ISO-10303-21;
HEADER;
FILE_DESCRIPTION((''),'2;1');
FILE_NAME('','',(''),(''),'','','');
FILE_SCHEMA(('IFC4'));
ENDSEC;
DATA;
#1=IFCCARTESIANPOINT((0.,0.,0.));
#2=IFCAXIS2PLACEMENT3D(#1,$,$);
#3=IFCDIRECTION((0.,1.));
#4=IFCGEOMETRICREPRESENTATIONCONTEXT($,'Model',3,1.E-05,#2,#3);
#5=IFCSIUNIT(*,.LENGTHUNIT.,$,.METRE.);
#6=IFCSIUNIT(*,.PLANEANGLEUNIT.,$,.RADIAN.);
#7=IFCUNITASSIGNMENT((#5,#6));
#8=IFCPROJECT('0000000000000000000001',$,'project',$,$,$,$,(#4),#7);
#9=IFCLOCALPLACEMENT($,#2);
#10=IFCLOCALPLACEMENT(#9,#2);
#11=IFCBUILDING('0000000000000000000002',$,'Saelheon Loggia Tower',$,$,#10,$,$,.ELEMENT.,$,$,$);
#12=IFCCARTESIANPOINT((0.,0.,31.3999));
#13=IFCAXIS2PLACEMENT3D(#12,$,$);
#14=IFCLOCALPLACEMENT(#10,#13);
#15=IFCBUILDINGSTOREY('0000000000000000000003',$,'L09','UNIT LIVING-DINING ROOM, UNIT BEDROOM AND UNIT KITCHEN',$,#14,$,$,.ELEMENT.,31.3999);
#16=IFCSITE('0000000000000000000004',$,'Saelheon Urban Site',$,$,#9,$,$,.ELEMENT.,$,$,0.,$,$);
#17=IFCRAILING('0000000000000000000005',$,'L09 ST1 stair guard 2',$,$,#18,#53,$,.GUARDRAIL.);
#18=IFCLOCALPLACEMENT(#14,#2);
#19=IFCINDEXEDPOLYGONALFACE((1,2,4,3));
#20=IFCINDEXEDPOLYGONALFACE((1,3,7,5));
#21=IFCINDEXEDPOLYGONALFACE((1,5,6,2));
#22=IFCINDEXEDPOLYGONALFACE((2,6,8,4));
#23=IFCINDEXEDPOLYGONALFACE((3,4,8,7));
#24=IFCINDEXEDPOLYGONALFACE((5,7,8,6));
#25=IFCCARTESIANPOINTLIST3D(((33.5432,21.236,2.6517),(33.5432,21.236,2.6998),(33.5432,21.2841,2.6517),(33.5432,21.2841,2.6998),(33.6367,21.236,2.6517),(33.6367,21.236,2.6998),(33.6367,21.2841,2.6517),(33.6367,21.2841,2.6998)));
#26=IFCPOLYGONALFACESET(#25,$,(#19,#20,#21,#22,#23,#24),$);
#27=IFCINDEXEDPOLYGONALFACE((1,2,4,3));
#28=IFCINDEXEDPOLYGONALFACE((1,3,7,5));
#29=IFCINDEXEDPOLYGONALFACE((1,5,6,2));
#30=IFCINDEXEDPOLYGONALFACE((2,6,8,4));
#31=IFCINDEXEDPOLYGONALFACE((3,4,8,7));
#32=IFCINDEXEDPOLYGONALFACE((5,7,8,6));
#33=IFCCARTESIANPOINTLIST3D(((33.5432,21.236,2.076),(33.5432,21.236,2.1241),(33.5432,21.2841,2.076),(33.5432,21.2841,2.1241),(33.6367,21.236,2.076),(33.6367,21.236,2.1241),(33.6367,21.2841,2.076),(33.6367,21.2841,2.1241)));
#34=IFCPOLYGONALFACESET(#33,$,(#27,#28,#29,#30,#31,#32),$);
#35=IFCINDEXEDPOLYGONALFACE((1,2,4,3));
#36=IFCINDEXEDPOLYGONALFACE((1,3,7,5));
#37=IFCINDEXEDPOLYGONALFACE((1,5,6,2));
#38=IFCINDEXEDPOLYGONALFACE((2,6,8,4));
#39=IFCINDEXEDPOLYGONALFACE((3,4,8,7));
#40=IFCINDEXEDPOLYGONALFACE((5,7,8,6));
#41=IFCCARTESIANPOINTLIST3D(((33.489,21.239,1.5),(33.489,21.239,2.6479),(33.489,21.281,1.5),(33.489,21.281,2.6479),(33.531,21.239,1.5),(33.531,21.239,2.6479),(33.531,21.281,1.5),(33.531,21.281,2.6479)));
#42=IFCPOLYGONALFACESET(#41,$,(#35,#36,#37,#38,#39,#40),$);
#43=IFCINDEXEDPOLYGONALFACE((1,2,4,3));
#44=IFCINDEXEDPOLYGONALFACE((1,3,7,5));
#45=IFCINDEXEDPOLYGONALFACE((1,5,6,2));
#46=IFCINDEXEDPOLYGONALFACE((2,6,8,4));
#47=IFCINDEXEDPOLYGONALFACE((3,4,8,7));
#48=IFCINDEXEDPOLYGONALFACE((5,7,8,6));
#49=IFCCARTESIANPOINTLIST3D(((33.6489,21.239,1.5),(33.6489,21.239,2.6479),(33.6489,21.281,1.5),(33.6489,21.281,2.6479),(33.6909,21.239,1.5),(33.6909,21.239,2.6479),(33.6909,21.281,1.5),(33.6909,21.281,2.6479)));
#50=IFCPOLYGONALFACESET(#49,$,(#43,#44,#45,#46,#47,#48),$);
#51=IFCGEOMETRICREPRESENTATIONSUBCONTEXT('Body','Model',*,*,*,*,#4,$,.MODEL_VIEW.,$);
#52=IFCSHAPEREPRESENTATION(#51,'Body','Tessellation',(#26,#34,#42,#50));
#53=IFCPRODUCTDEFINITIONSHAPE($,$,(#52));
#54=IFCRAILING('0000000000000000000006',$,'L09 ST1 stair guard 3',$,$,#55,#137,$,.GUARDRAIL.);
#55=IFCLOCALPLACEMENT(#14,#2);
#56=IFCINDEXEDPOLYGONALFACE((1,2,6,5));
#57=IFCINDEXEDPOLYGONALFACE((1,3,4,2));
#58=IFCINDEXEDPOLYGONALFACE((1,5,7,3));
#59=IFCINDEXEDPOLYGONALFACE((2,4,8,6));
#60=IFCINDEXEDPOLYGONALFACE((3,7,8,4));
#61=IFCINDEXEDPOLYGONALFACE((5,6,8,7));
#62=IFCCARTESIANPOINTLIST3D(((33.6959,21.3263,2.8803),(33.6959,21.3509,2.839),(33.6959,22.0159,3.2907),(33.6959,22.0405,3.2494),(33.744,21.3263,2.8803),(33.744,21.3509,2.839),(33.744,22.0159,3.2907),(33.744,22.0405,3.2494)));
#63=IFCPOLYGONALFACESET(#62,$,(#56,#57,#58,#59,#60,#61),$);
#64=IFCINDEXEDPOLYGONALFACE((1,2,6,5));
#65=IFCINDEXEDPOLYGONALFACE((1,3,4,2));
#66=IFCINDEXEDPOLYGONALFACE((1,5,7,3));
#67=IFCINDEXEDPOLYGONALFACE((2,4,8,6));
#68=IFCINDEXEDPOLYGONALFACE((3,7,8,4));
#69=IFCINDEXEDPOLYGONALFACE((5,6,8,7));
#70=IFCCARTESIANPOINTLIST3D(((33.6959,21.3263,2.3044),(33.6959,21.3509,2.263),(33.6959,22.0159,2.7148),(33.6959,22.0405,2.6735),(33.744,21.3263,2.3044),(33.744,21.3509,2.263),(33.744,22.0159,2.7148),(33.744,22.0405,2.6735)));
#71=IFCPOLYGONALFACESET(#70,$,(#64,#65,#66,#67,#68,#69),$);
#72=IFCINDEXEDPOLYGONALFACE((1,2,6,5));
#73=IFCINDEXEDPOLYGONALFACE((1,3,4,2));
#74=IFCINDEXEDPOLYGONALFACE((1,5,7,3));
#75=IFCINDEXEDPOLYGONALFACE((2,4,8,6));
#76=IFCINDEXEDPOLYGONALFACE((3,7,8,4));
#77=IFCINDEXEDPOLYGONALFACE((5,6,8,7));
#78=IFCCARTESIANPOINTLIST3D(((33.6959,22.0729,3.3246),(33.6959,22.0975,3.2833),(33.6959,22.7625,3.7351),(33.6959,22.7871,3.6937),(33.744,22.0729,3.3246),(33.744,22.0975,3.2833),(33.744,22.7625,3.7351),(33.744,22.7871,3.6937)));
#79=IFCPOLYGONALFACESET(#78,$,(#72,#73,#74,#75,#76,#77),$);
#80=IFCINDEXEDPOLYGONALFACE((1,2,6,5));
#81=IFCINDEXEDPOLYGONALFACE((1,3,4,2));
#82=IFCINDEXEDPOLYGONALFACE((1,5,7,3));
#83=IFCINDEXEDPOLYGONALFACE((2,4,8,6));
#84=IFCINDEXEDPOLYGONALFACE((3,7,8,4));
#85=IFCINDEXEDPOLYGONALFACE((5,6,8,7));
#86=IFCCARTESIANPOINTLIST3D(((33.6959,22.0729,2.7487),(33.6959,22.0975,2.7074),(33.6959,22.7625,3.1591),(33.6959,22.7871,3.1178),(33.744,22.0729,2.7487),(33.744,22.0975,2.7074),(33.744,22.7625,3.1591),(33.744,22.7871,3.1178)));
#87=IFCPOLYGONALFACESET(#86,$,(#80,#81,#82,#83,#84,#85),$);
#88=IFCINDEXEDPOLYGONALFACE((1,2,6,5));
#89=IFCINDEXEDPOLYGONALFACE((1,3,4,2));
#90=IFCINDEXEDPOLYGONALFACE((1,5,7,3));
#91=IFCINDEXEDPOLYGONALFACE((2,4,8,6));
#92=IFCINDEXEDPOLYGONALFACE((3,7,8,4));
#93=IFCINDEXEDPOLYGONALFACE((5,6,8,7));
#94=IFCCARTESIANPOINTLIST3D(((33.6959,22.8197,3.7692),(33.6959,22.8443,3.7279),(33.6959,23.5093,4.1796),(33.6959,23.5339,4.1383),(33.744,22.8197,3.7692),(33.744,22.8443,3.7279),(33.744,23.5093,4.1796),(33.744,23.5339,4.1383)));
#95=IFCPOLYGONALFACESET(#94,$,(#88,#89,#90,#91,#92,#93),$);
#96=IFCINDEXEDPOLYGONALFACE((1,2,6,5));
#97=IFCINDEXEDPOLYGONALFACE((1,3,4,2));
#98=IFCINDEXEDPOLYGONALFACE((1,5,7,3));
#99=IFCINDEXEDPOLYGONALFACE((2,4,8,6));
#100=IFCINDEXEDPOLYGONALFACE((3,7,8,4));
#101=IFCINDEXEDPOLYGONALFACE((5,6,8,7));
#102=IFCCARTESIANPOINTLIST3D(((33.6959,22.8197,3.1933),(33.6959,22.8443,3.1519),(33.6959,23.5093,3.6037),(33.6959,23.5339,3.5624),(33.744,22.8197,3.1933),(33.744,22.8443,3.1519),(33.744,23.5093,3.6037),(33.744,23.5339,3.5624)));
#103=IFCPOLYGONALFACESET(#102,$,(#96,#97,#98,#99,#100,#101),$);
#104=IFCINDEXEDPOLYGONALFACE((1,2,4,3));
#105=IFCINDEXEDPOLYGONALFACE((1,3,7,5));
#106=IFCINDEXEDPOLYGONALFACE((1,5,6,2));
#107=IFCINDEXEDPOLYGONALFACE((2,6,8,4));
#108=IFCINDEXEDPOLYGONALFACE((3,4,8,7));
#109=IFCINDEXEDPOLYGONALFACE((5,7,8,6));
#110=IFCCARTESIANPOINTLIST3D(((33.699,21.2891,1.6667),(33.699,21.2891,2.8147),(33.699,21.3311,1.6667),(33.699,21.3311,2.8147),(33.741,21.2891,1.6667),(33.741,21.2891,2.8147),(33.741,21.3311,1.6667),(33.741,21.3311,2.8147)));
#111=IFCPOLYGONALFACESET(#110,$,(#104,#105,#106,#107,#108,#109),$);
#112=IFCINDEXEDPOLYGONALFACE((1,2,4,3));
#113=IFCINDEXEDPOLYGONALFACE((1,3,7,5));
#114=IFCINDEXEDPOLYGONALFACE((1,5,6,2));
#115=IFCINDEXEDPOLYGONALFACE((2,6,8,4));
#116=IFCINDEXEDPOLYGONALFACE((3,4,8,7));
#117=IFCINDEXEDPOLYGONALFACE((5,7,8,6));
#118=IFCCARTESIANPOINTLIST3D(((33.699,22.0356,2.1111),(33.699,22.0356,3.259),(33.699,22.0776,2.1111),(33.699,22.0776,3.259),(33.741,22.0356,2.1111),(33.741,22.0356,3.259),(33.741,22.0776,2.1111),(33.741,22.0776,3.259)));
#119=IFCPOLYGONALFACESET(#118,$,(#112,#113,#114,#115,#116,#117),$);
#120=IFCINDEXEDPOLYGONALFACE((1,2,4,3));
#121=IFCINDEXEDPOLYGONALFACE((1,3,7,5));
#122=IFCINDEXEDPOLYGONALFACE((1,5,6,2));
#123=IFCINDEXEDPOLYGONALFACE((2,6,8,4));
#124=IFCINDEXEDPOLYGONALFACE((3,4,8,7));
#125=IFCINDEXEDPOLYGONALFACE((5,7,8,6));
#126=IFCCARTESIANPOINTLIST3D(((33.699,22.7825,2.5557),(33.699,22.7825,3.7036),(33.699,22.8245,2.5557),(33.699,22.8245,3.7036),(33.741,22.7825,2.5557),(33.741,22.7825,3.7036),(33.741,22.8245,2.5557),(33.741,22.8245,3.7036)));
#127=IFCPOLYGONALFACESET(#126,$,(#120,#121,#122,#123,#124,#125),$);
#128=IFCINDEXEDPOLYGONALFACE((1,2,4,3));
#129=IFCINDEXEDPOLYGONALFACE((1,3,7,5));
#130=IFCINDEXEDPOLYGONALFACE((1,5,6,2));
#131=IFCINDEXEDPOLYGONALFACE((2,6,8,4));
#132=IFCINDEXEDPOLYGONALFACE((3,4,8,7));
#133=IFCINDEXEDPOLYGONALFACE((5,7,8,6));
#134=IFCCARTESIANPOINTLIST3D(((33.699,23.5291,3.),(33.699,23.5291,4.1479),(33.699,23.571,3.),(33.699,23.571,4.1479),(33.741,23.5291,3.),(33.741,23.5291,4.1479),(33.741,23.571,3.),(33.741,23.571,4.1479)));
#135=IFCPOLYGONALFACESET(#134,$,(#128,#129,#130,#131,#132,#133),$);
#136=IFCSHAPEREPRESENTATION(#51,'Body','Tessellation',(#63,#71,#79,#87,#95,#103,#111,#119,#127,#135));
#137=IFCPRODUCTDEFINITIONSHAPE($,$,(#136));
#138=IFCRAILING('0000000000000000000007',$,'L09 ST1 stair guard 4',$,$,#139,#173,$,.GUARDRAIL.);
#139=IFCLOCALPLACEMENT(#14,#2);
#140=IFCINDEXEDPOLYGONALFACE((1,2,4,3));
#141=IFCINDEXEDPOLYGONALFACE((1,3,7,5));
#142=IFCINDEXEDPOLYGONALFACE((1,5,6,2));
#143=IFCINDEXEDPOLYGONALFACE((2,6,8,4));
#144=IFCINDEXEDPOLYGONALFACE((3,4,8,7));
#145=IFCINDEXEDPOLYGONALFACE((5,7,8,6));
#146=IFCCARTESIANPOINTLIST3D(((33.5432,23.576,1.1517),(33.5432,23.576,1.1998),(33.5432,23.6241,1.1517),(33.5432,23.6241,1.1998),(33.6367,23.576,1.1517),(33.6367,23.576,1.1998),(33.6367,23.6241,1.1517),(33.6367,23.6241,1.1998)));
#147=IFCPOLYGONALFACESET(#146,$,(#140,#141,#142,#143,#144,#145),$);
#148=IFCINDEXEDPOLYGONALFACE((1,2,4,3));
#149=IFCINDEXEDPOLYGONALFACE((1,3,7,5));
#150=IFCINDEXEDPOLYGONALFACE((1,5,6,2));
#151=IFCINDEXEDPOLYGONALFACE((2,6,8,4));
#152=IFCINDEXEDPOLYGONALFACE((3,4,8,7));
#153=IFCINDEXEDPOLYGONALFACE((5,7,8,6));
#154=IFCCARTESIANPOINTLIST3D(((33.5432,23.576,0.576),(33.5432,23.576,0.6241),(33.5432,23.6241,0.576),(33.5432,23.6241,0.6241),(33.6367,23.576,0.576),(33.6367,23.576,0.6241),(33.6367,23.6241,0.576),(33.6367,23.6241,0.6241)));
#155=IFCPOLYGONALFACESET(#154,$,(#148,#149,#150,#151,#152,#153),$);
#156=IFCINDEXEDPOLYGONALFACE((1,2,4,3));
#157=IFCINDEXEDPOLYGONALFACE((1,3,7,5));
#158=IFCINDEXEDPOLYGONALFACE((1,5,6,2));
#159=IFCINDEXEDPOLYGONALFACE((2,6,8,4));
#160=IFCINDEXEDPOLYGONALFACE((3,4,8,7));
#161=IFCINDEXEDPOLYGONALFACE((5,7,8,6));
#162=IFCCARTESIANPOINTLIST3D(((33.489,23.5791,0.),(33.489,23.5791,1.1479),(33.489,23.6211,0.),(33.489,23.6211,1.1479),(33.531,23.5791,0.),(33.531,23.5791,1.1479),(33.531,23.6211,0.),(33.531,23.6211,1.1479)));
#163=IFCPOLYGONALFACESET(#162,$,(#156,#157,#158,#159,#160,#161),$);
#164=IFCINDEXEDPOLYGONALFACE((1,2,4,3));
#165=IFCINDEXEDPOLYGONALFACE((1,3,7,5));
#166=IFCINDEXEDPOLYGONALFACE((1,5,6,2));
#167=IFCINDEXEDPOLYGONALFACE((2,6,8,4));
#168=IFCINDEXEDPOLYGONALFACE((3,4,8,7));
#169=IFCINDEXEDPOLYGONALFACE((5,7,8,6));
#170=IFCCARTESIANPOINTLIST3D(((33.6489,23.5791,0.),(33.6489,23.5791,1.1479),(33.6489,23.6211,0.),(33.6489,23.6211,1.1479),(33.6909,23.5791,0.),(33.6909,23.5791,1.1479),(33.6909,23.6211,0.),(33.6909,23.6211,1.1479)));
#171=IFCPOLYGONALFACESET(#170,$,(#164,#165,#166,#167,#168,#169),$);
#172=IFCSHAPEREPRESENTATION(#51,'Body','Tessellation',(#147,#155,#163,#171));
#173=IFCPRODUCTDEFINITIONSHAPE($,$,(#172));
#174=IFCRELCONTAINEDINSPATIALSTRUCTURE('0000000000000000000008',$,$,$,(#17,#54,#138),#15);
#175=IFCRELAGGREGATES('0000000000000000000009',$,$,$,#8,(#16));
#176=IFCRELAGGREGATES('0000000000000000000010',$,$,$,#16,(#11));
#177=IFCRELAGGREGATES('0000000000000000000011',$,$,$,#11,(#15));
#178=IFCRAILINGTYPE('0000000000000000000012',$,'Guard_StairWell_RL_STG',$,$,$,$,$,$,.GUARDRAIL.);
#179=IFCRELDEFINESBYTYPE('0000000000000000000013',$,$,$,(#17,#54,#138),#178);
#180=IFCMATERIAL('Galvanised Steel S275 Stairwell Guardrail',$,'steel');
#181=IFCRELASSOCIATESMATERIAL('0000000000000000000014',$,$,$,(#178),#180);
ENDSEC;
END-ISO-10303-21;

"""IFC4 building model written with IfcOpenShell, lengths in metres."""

from ifc_helpers import new_model, si_unit, direction, frame, origin, origin_2d, place, context, subcontext, project, spatial, rectangle, extrude, material, type_object, element, save


model = new_model("IFC4")

# Units and contexts
model_context = context("Model", 3, precision=1e-05, world=origin(), true_north=direction((0.0, 1.0)))
body_context = subcontext(model_context, "Body", "Model", "MODEL_VIEW")
ifc_project = project(units=[si_unit("LENGTHUNIT", "METRE"), si_unit("PLANEANGLEUNIT", "RADIAN")], contexts=[model_context])

# Site, building, storey
site_placement = place(None, origin())
site = spatial("IfcSite", under=ifc_project, at=site_placement, Name="Saelheon Urban Site", CompositionType="ELEMENT", RefElevation=0.0)
building_placement = place(site_placement, origin())
building = spatial("IfcBuilding", under=site, at=building_placement, Name="Saelheon Loggia Tower", CompositionType="ELEMENT")
storey_placement = place(building_placement, frame((0.0, 0.0, 31.3999)))
storey = spatial("IfcBuildingStorey", under=building, at=storey_placement, Name="L09", Description="UNIT LIVING-DINING ROOM, UNIT BEDROOM AND UNIT KITCHEN", CompositionType="ELEMENT", Elevation=31.3999)

# Railings
ifc_material_1 = material(Name="Galvanised Steel S275 Stairwell Guardrail", Category="steel")
railing_type_1 = type_object("IfcRailingType", Name="Guard_StairWell_RL_STG", PredefinedType="GUARDRAIL", material=ifc_material_1)
railing_1_placement = place(storey_placement, frame((33.51, 21.26, 1.5)))
element("IfcRailing", 1, at=railing_1_placement, inside=storey, type_object=railing_type_1, Name="L09 ST1 stair guard 2", PredefinedType="GUARDRAIL", context=body_context, shape_type="SweptSolid", body=[
    extrude(rectangle(XDim=0.0481, YDim=0.0481, at=origin_2d()), frame((0.0332, 0.0, 1.1758), z_axis=(1.0, 0.0, 0.0), x_axis=(0.0, 1.0, 0.0)), (0.0, 0.0, 1.0), 0.0935),
    extrude(rectangle(XDim=0.0481, YDim=0.0481, at=origin_2d()), frame((0.0332, 0.0, 0.6001), z_axis=(1.0, 0.0, 0.0), x_axis=(0.0, 1.0, 0.0)), (0.0, 0.0, 1.0), 0.0935),
    extrude(rectangle(XDim=0.042, YDim=0.042, at=origin_2d()), origin(), (0.0, 0.0, 1.0), 1.1479),
    extrude(rectangle(XDim=0.042, YDim=0.042, at=origin_2d()), frame((0.1599, 0.0, 0.0)), (0.0, 0.0, 1.0), 1.1479),
])
railing_2_placement = place(storey_placement, frame((33.72, 21.3101, 1.6667)))
element("IfcRailing", 2, at=railing_2_placement, inside=storey, type_object=railing_type_1, Name="L09 ST1 stair guard 3", PredefinedType="GUARDRAIL", context=body_context, shape_type="SweptSolid", body=[
    extrude(rectangle(XDim=0.0481, YDim=0.0481, at=origin_2d()), frame((0.0, 0.0286, 1.1929), z_axis=(0.0, 0.859306, 0.511462), x_axis=(-1.0, 0.0, 0.0)), (0.0, 0.0, 1.0), 0.8025),
    extrude(rectangle(XDim=0.0481, YDim=0.0481, at=origin_2d()), frame((0.0, 0.0286, 0.6169), z_axis=(0.0, 0.859306, 0.511462), x_axis=(-1.0, 0.0, 0.0)), (0.0, 0.0, 1.0), 0.8025),
    extrude(rectangle(XDim=0.0481, YDim=0.0481, at=origin_2d()), frame((0.0, 0.7751, 1.6372), z_axis=(0.0, 0.859306, 0.511462), x_axis=(-1.0, 0.0, 0.0)), (0.0, 0.0, 1.0), 0.8025),
    extrude(rectangle(XDim=0.0481, YDim=0.0481, at=origin_2d()), frame((0.0, 0.7751, 1.0613), z_axis=(0.0, 0.859306, 0.511462), x_axis=(-1.0, 0.0, 0.0)), (0.0, 0.0, 1.0), 0.8025),
    extrude(rectangle(XDim=0.0481, YDim=0.0481, at=origin_2d()), frame((0.0, 1.522, 2.0818), z_axis=(0.0, 0.859306, 0.511462), x_axis=(-1.0, 0.0, 0.0)), (0.0, 0.0, 1.0), 0.8025),
    extrude(rectangle(XDim=0.0481, YDim=0.0481, at=origin_2d()), frame((0.0, 1.522, 1.5059), z_axis=(0.0, 0.859306, 0.511462), x_axis=(-1.0, 0.0, 0.0)), (0.0, 0.0, 1.0), 0.8025),
    extrude(rectangle(XDim=0.042, YDim=0.042, at=origin_2d()), origin(), (0.0, 0.0, 1.0), 1.1479),
    extrude(rectangle(XDim=0.042, YDim=0.042, at=origin_2d()), frame((0.0, 0.7466, 0.4443)), (0.0, 0.0, 1.0), 1.1479),
    extrude(rectangle(XDim=0.042, YDim=0.042, at=origin_2d()), frame((0.0, 1.4934, 0.8889)), (0.0, 0.0, 1.0), 1.1479),
    extrude(rectangle(XDim=0.042, YDim=0.042, at=origin_2d()), frame((0.0, 2.24, 1.3333)), (0.0, 0.0, 1.0), 1.1479),
])
railing_3_placement = place(storey_placement, frame((33.51, 23.6001, 0.0)))
element("IfcRailing", 3, at=railing_3_placement, inside=storey, type_object=railing_type_1, Name="L09 ST1 stair guard 4", PredefinedType="GUARDRAIL", context=body_context, shape_type="SweptSolid", body=[
    extrude(rectangle(XDim=0.0481, YDim=0.0481, at=origin_2d()), frame((0.0332, 0.0, 1.1758), z_axis=(1.0, 0.0, 0.0), x_axis=(0.0, 1.0, 0.0)), (0.0, 0.0, 1.0), 0.0935),
    extrude(rectangle(XDim=0.0481, YDim=0.0481, at=origin_2d()), frame((0.0332, 0.0, 0.6001), z_axis=(1.0, 0.0, 0.0), x_axis=(0.0, 1.0, 0.0)), (0.0, 0.0, 1.0), 0.0935),
    extrude(rectangle(XDim=0.042, YDim=0.042, at=origin_2d()), origin(), (0.0, 0.0, 1.0), 1.1479),
    extrude(rectangle(XDim=0.042, YDim=0.042, at=origin_2d()), frame((0.1599, 0.0, 0.0)), (0.0, 0.0, 1.0), 1.1479),
])

save(model, "model.ifc")
